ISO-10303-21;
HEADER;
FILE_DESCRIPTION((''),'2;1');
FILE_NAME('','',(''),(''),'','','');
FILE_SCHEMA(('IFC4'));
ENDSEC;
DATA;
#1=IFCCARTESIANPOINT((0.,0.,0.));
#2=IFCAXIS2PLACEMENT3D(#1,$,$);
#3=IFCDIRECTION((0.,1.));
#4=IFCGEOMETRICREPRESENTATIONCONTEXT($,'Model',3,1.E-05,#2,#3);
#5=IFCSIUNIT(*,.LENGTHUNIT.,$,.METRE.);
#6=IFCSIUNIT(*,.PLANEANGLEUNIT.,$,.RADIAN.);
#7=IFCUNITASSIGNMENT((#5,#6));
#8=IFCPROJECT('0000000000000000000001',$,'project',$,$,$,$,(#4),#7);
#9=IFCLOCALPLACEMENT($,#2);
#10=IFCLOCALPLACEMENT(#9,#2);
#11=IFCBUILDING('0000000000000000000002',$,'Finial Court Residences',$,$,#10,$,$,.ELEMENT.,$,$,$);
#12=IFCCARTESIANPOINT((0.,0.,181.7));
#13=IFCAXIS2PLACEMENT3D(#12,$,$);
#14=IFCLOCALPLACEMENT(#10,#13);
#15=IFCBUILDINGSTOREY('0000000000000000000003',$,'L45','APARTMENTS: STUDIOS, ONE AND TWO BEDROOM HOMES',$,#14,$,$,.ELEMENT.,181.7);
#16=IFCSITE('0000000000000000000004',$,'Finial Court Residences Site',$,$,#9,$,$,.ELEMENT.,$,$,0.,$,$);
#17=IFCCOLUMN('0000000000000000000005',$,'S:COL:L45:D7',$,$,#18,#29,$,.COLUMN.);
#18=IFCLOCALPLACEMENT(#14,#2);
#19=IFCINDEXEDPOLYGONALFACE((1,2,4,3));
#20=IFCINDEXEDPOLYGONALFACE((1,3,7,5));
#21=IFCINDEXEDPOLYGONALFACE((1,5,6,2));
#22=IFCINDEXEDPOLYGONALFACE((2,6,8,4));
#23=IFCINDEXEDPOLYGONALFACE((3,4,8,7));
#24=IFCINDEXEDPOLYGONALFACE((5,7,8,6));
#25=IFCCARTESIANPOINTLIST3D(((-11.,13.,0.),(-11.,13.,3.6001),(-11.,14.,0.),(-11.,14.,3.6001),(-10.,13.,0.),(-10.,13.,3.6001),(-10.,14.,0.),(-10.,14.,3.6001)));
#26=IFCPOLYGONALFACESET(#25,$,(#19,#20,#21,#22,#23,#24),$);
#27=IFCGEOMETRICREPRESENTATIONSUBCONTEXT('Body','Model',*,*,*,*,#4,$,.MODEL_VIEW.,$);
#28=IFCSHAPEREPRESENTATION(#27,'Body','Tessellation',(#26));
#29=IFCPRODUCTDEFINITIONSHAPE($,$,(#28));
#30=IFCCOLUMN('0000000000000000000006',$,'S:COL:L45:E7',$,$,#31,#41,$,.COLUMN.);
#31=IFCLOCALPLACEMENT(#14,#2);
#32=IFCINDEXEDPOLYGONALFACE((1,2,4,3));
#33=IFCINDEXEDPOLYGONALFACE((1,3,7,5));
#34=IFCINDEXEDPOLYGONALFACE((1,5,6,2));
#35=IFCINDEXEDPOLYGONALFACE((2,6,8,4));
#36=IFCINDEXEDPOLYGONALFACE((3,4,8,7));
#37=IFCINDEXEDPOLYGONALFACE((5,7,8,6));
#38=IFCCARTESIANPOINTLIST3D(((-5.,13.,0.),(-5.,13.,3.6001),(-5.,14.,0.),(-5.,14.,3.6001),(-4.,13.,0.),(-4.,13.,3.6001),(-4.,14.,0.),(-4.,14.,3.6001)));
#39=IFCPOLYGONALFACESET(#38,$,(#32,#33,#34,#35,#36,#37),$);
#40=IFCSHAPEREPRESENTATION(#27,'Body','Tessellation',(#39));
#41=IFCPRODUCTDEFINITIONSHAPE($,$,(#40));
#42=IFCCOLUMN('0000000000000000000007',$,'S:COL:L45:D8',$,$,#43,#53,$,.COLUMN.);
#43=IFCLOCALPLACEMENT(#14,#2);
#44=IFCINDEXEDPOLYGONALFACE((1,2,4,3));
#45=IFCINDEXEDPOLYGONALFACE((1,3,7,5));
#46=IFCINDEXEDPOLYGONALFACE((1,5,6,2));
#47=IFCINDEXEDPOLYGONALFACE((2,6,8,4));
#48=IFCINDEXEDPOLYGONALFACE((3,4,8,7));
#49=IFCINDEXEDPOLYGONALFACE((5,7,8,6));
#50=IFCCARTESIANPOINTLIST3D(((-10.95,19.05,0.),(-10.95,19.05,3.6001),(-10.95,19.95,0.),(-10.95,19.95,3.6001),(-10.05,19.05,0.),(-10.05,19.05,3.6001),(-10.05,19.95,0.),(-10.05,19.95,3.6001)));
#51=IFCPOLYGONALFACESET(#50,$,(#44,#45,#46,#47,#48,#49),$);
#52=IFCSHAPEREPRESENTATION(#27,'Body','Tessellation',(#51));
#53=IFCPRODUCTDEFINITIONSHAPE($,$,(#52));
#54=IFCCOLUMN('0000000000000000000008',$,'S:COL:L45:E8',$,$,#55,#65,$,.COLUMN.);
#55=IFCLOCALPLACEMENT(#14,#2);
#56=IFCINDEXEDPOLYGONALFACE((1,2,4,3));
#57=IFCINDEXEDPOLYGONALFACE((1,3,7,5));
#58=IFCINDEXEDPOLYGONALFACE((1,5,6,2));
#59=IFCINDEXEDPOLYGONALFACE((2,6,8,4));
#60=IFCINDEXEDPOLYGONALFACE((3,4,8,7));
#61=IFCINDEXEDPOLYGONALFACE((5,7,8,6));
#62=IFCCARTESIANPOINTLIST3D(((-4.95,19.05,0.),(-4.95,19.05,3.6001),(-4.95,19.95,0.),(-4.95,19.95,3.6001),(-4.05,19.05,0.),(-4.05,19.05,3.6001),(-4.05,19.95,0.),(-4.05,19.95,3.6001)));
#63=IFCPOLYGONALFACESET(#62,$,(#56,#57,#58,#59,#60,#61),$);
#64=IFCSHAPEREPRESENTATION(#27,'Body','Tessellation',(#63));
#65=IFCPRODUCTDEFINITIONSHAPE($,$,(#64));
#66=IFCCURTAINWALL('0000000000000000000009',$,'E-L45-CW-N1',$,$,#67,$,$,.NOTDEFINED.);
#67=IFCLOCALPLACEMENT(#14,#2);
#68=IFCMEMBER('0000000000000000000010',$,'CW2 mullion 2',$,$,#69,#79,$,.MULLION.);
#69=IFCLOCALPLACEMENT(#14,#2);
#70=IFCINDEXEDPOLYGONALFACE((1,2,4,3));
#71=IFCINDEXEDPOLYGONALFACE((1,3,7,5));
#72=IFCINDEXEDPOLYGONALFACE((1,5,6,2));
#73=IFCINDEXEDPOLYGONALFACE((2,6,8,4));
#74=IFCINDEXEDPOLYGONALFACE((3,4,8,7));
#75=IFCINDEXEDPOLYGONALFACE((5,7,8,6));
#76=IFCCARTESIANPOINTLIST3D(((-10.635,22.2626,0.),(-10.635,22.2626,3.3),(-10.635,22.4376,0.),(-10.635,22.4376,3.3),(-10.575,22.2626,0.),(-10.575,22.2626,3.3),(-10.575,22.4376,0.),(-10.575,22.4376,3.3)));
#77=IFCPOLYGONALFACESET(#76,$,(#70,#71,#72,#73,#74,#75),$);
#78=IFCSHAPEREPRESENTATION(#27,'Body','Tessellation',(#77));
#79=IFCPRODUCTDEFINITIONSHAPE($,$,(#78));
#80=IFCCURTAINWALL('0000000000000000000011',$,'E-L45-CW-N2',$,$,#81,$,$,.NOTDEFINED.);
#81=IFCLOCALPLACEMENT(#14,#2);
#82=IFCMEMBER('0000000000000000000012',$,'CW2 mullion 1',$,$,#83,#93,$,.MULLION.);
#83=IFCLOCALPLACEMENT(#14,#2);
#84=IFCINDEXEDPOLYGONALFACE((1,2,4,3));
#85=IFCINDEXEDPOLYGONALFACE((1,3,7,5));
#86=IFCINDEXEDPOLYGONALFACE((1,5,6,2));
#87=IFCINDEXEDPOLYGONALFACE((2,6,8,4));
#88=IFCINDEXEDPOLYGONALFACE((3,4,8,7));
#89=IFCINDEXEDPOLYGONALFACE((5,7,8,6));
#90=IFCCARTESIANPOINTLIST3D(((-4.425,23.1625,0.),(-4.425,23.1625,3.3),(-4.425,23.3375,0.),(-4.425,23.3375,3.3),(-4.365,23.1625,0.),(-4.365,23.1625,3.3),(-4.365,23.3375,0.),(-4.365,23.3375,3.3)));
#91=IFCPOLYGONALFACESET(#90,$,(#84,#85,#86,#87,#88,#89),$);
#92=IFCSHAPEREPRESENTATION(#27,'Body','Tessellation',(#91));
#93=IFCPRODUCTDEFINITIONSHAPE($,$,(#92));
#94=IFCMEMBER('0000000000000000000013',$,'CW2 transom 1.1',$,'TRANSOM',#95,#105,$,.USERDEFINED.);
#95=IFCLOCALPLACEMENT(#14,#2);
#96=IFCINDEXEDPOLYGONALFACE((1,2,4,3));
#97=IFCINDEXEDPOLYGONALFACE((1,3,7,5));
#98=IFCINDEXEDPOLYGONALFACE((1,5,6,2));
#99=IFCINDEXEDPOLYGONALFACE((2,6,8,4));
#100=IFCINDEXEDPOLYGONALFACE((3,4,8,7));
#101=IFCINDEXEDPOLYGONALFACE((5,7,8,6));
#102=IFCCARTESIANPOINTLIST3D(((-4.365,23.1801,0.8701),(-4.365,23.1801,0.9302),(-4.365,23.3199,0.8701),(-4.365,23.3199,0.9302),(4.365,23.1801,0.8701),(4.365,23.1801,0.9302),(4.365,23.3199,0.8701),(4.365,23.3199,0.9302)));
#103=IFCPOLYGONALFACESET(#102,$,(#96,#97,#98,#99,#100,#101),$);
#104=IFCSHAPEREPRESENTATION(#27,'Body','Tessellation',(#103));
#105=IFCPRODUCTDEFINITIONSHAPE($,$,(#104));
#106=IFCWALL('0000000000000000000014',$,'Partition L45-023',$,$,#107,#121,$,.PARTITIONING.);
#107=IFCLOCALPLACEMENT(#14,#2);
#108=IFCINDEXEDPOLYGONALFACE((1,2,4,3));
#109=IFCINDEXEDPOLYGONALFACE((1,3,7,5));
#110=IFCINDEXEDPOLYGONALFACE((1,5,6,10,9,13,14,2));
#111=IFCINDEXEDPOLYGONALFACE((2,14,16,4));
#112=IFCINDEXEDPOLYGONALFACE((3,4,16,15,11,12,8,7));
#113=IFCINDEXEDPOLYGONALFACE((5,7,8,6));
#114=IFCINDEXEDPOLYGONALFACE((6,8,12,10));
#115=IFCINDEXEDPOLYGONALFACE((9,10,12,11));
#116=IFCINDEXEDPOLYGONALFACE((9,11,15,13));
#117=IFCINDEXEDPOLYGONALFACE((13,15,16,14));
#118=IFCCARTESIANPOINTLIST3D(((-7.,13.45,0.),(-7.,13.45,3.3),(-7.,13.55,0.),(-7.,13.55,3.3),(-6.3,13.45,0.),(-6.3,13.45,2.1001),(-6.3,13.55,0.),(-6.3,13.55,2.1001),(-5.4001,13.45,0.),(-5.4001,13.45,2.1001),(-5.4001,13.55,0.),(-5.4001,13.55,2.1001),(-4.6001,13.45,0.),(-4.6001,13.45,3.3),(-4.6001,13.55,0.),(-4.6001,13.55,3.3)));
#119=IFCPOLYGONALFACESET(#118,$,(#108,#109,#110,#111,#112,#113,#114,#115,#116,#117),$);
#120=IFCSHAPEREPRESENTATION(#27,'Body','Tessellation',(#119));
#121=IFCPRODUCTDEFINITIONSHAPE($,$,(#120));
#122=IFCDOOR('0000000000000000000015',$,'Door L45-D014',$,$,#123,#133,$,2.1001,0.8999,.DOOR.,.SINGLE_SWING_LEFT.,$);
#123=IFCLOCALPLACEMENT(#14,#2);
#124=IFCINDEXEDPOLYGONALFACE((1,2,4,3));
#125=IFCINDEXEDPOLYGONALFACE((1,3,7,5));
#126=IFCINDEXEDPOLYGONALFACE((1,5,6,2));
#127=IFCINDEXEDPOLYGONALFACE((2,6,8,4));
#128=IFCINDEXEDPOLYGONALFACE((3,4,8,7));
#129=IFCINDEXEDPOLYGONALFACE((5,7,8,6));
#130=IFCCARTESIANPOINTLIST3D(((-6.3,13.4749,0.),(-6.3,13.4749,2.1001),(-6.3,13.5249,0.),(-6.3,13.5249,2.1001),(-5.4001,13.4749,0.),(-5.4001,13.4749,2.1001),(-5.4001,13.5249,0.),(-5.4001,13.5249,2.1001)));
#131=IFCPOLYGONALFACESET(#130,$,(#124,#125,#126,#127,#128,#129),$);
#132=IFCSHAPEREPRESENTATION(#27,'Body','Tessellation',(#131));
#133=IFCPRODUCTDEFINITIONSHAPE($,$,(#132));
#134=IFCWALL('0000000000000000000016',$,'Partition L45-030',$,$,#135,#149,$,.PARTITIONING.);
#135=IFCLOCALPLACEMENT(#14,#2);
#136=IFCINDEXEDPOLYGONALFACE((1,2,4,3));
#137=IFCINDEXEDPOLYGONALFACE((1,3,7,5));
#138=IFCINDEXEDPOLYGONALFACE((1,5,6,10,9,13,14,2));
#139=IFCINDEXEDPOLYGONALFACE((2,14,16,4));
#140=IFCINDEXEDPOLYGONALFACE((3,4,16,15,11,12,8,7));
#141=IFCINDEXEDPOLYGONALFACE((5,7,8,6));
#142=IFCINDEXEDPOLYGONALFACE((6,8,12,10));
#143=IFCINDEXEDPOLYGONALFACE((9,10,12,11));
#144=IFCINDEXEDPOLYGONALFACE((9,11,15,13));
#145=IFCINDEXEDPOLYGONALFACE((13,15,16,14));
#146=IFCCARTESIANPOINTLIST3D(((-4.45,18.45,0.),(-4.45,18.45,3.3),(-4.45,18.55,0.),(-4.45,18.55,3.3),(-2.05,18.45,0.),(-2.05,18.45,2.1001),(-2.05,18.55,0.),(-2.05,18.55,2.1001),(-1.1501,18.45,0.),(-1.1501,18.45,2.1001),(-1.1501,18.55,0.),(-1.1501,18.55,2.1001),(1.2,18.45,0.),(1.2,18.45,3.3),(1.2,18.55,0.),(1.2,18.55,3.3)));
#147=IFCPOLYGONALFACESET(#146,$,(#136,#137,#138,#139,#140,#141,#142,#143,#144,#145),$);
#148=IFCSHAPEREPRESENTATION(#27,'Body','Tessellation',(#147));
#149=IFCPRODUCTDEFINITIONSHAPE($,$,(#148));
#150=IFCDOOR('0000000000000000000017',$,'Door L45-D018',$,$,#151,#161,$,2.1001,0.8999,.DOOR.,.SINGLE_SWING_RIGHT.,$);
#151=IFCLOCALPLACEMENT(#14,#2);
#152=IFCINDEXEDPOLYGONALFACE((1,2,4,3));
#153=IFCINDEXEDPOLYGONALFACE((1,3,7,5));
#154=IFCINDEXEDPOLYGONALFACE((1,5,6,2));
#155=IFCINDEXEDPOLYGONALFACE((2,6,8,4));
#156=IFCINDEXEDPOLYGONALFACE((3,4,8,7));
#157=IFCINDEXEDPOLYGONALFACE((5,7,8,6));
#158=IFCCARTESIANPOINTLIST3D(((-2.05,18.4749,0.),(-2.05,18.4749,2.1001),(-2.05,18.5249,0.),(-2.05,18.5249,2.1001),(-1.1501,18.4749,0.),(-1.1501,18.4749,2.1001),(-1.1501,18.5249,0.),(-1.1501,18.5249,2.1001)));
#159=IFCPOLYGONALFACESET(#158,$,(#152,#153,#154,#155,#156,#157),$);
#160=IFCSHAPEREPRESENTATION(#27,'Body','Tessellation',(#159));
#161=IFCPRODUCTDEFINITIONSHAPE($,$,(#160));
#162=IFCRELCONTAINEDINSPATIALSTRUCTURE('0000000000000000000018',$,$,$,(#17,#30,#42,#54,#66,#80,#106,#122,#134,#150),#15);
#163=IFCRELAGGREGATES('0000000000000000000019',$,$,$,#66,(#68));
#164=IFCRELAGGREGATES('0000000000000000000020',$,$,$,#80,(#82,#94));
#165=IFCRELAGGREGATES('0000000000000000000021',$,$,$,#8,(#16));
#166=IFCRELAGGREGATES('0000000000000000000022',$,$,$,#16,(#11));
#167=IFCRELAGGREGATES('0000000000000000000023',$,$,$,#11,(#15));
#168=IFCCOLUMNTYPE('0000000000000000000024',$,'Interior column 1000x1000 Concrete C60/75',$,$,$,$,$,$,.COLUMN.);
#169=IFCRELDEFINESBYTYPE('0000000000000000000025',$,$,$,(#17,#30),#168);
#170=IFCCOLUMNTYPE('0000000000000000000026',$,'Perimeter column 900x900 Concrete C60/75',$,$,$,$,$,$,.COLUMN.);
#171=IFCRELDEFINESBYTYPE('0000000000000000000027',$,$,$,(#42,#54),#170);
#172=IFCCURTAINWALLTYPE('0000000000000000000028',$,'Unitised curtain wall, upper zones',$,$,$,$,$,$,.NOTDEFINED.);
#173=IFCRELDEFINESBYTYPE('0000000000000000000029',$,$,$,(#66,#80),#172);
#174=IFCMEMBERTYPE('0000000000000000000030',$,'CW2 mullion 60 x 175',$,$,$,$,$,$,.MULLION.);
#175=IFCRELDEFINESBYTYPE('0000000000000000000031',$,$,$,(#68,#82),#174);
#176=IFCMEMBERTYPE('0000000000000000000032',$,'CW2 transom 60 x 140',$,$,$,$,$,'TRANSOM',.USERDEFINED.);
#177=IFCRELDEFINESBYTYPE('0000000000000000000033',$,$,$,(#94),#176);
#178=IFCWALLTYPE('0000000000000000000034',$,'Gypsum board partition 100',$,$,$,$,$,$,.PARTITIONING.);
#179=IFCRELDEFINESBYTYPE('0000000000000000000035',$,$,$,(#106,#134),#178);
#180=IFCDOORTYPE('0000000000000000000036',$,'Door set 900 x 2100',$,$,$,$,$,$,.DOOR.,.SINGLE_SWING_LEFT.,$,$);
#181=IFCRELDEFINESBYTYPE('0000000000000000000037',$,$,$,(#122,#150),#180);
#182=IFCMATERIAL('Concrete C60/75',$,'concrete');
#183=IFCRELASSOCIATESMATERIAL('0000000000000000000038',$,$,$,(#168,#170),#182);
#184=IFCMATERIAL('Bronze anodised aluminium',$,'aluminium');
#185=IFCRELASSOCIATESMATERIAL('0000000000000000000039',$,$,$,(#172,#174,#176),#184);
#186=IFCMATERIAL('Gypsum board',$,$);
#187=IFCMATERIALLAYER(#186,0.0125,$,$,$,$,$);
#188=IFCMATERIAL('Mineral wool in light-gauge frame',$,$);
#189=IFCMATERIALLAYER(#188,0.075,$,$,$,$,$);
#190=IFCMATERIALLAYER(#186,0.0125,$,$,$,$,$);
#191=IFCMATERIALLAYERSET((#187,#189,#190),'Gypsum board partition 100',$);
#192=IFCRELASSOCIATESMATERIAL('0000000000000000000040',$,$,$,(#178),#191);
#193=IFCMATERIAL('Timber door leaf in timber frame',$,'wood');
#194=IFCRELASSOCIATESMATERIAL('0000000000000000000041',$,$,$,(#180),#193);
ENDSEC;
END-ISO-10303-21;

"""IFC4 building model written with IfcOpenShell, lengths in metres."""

from ifc_helpers import new_model, si_unit, direction, frame, frame_2d, origin, origin_2d, place, context, subcontext, project, spatial, rectangle, extrude, material, layer, layer_set, material_profile, profile_set, type_object, element, fill, aggregate, save


model = new_model("IFC4")

# Units and contexts
model_context = context("Model", 3, precision=1e-05, world=origin(), true_north=direction((0.0, 1.0)))
body_context = subcontext(model_context, "Body", "Model", "MODEL_VIEW")
ifc_project = project(units=[si_unit("LENGTHUNIT", "METRE"), si_unit("PLANEANGLEUNIT", "RADIAN")], contexts=[model_context])

# Site, building, storey
site_placement = place(None, origin())
site = spatial("IfcSite", under=ifc_project, at=site_placement, Name="Finial Court Residences Site", CompositionType="ELEMENT", RefElevation=0.0)
building_placement = place(site_placement, origin())
building = spatial("IfcBuilding", under=site, at=building_placement, Name="Finial Court Residences", CompositionType="ELEMENT")
storey_placement = place(building_placement, frame((0.0, 0.0, 181.7)))
storey = spatial("IfcBuildingStorey", under=building, at=storey_placement, Name="L45", Description="APARTMENTS: STUDIOS, ONE AND TWO BEDROOM HOMES", CompositionType="ELEMENT", Elevation=181.7)

# Columns
ifc_material_1 = material(Name="Concrete C60/75", Category="concrete")
ifc_material_profile_1 = material_profile(ifc_material_1, rectangle(XDim=1.0, YDim=1.0, at=origin_2d()), Name="1000x1000")
ifc_profile_set_1 = profile_set([ifc_material_profile_1], Name="Concrete C60/75")
column_type_1 = type_object("IfcColumnType", Name="Interior column 1000x1000 Concrete C60/75", PredefinedType="COLUMN", material=ifc_profile_set_1)
for number, where, z_axis, x_axis, name in (
    (1, (-10.5, 13.5, 0.0), (0.0, 0.0, 1.0), (1.0, 0.0, 0.0), "S:COL:L45:D7"),
    (2, (-4.5, 13.5, 0.0), (0.0, 0.0, 1.0), (1.0, 0.0, 0.0), "S:COL:L45:E7"),
):
    element("IfcColumn", number, at=place(storey_placement, frame(where, z_axis=z_axis, x_axis=x_axis)), inside=storey, type_object=column_type_1, Name=name, PredefinedType="COLUMN", context=body_context, shape_type="SweptSolid", body=[
        extrude(rectangle(XDim=1.0, YDim=1.0, at=origin_2d()), origin(), (0.0, 0.0, 1.0), 3.6001),
    ])
ifc_material_profile_2 = material_profile(ifc_material_1, rectangle(XDim=0.8999, YDim=0.8999, at=origin_2d()), Name="900x900")
ifc_profile_set_2 = profile_set([ifc_material_profile_2], Name="Concrete C60/75")
column_type_2 = type_object("IfcColumnType", Name="Perimeter column 900x900 Concrete C60/75", PredefinedType="COLUMN", material=ifc_profile_set_2)
for number, where, z_axis, x_axis, name in (
    (3, (-10.5, 19.5, 0.0), (0.0, 0.0, 1.0), (1.0, 0.0, 0.0), "S:COL:L45:D8"),
    (4, (-4.5, 19.5, 0.0), (0.0, 0.0, 1.0), (1.0, 0.0, 0.0), "S:COL:L45:E8"),
):
    element("IfcColumn", number, at=place(storey_placement, frame(where, z_axis=z_axis, x_axis=x_axis)), inside=storey, type_object=column_type_2, Name=name, PredefinedType="COLUMN", context=body_context, shape_type="SweptSolid", body=[
        extrude(rectangle(XDim=0.8999, YDim=0.8999, at=origin_2d()), origin(), (0.0, 0.0, 1.0), 3.6001),
    ])

# Curtain wall, member
ifc_material_2 = material(Name="Bronze anodised aluminium", Category="aluminium")
curtain_wall_type = type_object("IfcCurtainWallType", Name="Unitised curtain wall, upper zones", PredefinedType="NOTDEFINED", material=ifc_material_2)
curtain_wall_1_placement = place(storey_placement, origin())
curtain_wall_1 = element("IfcCurtainWall", 5, at=curtain_wall_1_placement, inside=storey, type_object=curtain_wall_type, Name="E-L45-CW-N1", PredefinedType="NOTDEFINED")
ifc_material_profile_3 = material_profile(ifc_material_2, rectangle(XDim=0.175, YDim=0.0601, at=origin_2d()), Name="CW2 mullion 60 x 175")
ifc_profile_set_3 = profile_set([ifc_material_profile_3], Name="Bronze anodised aluminium")
member_type_1 = type_object("IfcMemberType", Name="CW2 mullion 60 x 175", PredefinedType="MULLION", material=ifc_profile_set_3)
member_1_placement = place(storey_placement, frame((-10.605, 22.3501, 0.0), z_axis=(0.0, 0.0, 1.0), x_axis=(0.0, 1.0, 0.0)))
member_1 = element("IfcMember", 6, at=member_1_placement, type_object=member_type_1, Name="CW2 mullion 2", PredefinedType="MULLION", context=body_context, shape_type="SweptSolid", body=[
    extrude(rectangle(XDim=0.175, YDim=0.0601, at=origin_2d()), origin(), (0.0, 0.0, 1.0), 3.3),
])
aggregate(curtain_wall_1, [member_1])

# Curtain wall, members
curtain_wall_2_placement = place(storey_placement, origin())
curtain_wall_2 = element("IfcCurtainWall", 7, at=curtain_wall_2_placement, inside=storey, type_object=curtain_wall_type, Name="E-L45-CW-N2", PredefinedType="NOTDEFINED")
member_2_placement = place(storey_placement, frame((-4.395, 23.25, 0.0), z_axis=(0.0, 0.0, 1.0), x_axis=(0.0, 1.0, 0.0)))
member_2 = element("IfcMember", 8, at=member_2_placement, type_object=member_type_1, Name="CW2 mullion 1", PredefinedType="MULLION", context=body_context, shape_type="SweptSolid", body=[
    extrude(rectangle(XDim=0.175, YDim=0.0601, at=origin_2d()), origin(), (0.0, 0.0, 1.0), 3.3),
])
ifc_material_profile_4 = material_profile(ifc_material_2, rectangle(XDim=0.1399, YDim=0.0601, at=origin_2d()), Name="CW2 transom 60 x 140")
ifc_profile_set_4 = profile_set([ifc_material_profile_4], Name="Bronze anodised aluminium")
member_type_2 = type_object("IfcMemberType", Name="CW2 transom 60 x 140", ElementType="TRANSOM", PredefinedType="USERDEFINED", material=ifc_profile_set_4)
member_3_placement = place(storey_placement, frame((-4.365, 23.25, 0.9001), z_axis=(1.0, 0.0, 0.0), x_axis=(0.0, 1.0, 0.0)))
member_3 = element("IfcMember", 9, at=member_3_placement, type_object=member_type_2, Name="CW2 transom 1.1", ObjectType="TRANSOM", PredefinedType="USERDEFINED", context=body_context, shape_type="SweptSolid", body=[
    extrude(rectangle(XDim=0.1399, YDim=0.0601, at=origin_2d()), origin(), (0.0, 0.0, 1.0), 8.73),
])
aggregate(curtain_wall_2, [member_2, member_3])

# Walls, openings, doors
ifc_material_3 = material(Name="Gypsum board")
ifc_layer_1 = layer(ifc_material_3, 0.0125)
ifc_material_4 = material(Name="Mineral wool in light-gauge frame")
ifc_layer_2 = layer(ifc_material_4, 0.075)
ifc_layer_3 = layer(ifc_material_3, 0.0125)
ifc_layer_set_1 = layer_set([ifc_layer_1, ifc_layer_2, ifc_layer_3], Name="Gypsum board partition 100")
wall_type_1 = type_object("IfcWallType", Name="Gypsum board partition 100", PredefinedType="PARTITIONING", material=ifc_layer_set_1)
wall_1_placement = place(storey_placement, frame((-7.0, 13.5, 0.0), z_axis=(0.0, 0.0, 1.0), x_axis=(1.0, 0.0, 0.0)))
wall_1 = element("IfcWall", 10, at=wall_1_placement, inside=storey, type_object=wall_type_1, Name="Partition L45-023", PredefinedType="PARTITIONING", context=body_context, shape_type="SweptSolid", body=[
    extrude(rectangle(XDim=2.3999, YDim=0.1001, at=frame_2d((1.2, 0.0))), origin(), (0.0, 0.0, 1.0), 3.3),
])
opening_1_placement = place(wall_1_placement, frame((0.7, 0.0, 0.0)))
opening_1 = element("IfcOpeningElement", 11, at=opening_1_placement, cuts=wall_1, PredefinedType="OPENING", context=body_context, shape_type="SweptSolid", body=[
    extrude(rectangle(XDim=0.8999, YDim=2.1001, at=frame_2d((0.45, 1.05))), frame((0.0, 0.0601, 0.0), z_axis=(0.0, -1.0, 0.0), x_axis=(1.0, 0.0, 0.0)), (0.0, 0.0, 1.0), 0.1201),
])
ifc_material_5 = material(Name="Timber door leaf in timber frame", Category="wood")
door_type_1 = type_object("IfcDoorType", Name="Door set 900 x 2100", OperationType="SINGLE_SWING_LEFT", PredefinedType="DOOR", material=ifc_material_5)
door_1_placement = place(opening_1_placement, origin())
door_1 = element("IfcDoor", 12, at=door_1_placement, inside=storey, type_object=door_type_1, Name="Door L45-D014", OperationType="SINGLE_SWING_LEFT", OverallHeight=2.1001, OverallWidth=0.8999, PredefinedType="DOOR", context=body_context, shape_type="SweptSolid", body=[
    extrude(rectangle(XDim=0.8999, YDim=2.1001, at=frame_2d((0.45, 1.05))), frame((0.0, 0.0249, 0.0), z_axis=(0.0, -1.0, 0.0), x_axis=(1.0, 0.0, 0.0)), (0.0, 0.0, 1.0), 0.05),
])
fill(opening_1, door_1)
wall_2_placement = place(storey_placement, frame((-4.45, 18.5, 0.0), z_axis=(0.0, 0.0, 1.0), x_axis=(1.0, 0.0, 0.0)))
wall_2 = element("IfcWall", 13, at=wall_2_placement, inside=storey, type_object=wall_type_1, Name="Partition L45-030", PredefinedType="PARTITIONING", context=body_context, shape_type="SweptSolid", body=[
    extrude(rectangle(XDim=5.6499, YDim=0.1001, at=frame_2d((2.825, 0.0))), origin(), (0.0, 0.0, 1.0), 3.3),
])
opening_2_placement = place(wall_2_placement, frame((2.3999, 0.0, 0.0)))
opening_2 = element("IfcOpeningElement", 14, at=opening_2_placement, cuts=wall_2, PredefinedType="OPENING", context=body_context, shape_type="SweptSolid", body=[
    extrude(rectangle(XDim=0.8999, YDim=2.1001, at=frame_2d((0.45, 1.05))), frame((0.0, 0.0601, 0.0), z_axis=(0.0, -1.0, 0.0), x_axis=(1.0, 0.0, 0.0)), (0.0, 0.0, 1.0), 0.1201),
])
door_2_placement = place(opening_2_placement, origin())
door_2 = element("IfcDoor", 15, at=door_2_placement, inside=storey, type_object=door_type_1, Name="Door L45-D018", OperationType="SINGLE_SWING_RIGHT", OverallHeight=2.1001, OverallWidth=0.8999, PredefinedType="DOOR", context=body_context, shape_type="SweptSolid", body=[
    extrude(rectangle(XDim=0.8999, YDim=2.1001, at=frame_2d((0.45, 1.05))), frame((0.0, 0.0249, 0.0), z_axis=(0.0, -1.0, 0.0), x_axis=(1.0, 0.0, 0.0)), (0.0, 0.0, 1.0), 0.05),
])
fill(opening_2, door_2)

save(model, "model.ifc")
